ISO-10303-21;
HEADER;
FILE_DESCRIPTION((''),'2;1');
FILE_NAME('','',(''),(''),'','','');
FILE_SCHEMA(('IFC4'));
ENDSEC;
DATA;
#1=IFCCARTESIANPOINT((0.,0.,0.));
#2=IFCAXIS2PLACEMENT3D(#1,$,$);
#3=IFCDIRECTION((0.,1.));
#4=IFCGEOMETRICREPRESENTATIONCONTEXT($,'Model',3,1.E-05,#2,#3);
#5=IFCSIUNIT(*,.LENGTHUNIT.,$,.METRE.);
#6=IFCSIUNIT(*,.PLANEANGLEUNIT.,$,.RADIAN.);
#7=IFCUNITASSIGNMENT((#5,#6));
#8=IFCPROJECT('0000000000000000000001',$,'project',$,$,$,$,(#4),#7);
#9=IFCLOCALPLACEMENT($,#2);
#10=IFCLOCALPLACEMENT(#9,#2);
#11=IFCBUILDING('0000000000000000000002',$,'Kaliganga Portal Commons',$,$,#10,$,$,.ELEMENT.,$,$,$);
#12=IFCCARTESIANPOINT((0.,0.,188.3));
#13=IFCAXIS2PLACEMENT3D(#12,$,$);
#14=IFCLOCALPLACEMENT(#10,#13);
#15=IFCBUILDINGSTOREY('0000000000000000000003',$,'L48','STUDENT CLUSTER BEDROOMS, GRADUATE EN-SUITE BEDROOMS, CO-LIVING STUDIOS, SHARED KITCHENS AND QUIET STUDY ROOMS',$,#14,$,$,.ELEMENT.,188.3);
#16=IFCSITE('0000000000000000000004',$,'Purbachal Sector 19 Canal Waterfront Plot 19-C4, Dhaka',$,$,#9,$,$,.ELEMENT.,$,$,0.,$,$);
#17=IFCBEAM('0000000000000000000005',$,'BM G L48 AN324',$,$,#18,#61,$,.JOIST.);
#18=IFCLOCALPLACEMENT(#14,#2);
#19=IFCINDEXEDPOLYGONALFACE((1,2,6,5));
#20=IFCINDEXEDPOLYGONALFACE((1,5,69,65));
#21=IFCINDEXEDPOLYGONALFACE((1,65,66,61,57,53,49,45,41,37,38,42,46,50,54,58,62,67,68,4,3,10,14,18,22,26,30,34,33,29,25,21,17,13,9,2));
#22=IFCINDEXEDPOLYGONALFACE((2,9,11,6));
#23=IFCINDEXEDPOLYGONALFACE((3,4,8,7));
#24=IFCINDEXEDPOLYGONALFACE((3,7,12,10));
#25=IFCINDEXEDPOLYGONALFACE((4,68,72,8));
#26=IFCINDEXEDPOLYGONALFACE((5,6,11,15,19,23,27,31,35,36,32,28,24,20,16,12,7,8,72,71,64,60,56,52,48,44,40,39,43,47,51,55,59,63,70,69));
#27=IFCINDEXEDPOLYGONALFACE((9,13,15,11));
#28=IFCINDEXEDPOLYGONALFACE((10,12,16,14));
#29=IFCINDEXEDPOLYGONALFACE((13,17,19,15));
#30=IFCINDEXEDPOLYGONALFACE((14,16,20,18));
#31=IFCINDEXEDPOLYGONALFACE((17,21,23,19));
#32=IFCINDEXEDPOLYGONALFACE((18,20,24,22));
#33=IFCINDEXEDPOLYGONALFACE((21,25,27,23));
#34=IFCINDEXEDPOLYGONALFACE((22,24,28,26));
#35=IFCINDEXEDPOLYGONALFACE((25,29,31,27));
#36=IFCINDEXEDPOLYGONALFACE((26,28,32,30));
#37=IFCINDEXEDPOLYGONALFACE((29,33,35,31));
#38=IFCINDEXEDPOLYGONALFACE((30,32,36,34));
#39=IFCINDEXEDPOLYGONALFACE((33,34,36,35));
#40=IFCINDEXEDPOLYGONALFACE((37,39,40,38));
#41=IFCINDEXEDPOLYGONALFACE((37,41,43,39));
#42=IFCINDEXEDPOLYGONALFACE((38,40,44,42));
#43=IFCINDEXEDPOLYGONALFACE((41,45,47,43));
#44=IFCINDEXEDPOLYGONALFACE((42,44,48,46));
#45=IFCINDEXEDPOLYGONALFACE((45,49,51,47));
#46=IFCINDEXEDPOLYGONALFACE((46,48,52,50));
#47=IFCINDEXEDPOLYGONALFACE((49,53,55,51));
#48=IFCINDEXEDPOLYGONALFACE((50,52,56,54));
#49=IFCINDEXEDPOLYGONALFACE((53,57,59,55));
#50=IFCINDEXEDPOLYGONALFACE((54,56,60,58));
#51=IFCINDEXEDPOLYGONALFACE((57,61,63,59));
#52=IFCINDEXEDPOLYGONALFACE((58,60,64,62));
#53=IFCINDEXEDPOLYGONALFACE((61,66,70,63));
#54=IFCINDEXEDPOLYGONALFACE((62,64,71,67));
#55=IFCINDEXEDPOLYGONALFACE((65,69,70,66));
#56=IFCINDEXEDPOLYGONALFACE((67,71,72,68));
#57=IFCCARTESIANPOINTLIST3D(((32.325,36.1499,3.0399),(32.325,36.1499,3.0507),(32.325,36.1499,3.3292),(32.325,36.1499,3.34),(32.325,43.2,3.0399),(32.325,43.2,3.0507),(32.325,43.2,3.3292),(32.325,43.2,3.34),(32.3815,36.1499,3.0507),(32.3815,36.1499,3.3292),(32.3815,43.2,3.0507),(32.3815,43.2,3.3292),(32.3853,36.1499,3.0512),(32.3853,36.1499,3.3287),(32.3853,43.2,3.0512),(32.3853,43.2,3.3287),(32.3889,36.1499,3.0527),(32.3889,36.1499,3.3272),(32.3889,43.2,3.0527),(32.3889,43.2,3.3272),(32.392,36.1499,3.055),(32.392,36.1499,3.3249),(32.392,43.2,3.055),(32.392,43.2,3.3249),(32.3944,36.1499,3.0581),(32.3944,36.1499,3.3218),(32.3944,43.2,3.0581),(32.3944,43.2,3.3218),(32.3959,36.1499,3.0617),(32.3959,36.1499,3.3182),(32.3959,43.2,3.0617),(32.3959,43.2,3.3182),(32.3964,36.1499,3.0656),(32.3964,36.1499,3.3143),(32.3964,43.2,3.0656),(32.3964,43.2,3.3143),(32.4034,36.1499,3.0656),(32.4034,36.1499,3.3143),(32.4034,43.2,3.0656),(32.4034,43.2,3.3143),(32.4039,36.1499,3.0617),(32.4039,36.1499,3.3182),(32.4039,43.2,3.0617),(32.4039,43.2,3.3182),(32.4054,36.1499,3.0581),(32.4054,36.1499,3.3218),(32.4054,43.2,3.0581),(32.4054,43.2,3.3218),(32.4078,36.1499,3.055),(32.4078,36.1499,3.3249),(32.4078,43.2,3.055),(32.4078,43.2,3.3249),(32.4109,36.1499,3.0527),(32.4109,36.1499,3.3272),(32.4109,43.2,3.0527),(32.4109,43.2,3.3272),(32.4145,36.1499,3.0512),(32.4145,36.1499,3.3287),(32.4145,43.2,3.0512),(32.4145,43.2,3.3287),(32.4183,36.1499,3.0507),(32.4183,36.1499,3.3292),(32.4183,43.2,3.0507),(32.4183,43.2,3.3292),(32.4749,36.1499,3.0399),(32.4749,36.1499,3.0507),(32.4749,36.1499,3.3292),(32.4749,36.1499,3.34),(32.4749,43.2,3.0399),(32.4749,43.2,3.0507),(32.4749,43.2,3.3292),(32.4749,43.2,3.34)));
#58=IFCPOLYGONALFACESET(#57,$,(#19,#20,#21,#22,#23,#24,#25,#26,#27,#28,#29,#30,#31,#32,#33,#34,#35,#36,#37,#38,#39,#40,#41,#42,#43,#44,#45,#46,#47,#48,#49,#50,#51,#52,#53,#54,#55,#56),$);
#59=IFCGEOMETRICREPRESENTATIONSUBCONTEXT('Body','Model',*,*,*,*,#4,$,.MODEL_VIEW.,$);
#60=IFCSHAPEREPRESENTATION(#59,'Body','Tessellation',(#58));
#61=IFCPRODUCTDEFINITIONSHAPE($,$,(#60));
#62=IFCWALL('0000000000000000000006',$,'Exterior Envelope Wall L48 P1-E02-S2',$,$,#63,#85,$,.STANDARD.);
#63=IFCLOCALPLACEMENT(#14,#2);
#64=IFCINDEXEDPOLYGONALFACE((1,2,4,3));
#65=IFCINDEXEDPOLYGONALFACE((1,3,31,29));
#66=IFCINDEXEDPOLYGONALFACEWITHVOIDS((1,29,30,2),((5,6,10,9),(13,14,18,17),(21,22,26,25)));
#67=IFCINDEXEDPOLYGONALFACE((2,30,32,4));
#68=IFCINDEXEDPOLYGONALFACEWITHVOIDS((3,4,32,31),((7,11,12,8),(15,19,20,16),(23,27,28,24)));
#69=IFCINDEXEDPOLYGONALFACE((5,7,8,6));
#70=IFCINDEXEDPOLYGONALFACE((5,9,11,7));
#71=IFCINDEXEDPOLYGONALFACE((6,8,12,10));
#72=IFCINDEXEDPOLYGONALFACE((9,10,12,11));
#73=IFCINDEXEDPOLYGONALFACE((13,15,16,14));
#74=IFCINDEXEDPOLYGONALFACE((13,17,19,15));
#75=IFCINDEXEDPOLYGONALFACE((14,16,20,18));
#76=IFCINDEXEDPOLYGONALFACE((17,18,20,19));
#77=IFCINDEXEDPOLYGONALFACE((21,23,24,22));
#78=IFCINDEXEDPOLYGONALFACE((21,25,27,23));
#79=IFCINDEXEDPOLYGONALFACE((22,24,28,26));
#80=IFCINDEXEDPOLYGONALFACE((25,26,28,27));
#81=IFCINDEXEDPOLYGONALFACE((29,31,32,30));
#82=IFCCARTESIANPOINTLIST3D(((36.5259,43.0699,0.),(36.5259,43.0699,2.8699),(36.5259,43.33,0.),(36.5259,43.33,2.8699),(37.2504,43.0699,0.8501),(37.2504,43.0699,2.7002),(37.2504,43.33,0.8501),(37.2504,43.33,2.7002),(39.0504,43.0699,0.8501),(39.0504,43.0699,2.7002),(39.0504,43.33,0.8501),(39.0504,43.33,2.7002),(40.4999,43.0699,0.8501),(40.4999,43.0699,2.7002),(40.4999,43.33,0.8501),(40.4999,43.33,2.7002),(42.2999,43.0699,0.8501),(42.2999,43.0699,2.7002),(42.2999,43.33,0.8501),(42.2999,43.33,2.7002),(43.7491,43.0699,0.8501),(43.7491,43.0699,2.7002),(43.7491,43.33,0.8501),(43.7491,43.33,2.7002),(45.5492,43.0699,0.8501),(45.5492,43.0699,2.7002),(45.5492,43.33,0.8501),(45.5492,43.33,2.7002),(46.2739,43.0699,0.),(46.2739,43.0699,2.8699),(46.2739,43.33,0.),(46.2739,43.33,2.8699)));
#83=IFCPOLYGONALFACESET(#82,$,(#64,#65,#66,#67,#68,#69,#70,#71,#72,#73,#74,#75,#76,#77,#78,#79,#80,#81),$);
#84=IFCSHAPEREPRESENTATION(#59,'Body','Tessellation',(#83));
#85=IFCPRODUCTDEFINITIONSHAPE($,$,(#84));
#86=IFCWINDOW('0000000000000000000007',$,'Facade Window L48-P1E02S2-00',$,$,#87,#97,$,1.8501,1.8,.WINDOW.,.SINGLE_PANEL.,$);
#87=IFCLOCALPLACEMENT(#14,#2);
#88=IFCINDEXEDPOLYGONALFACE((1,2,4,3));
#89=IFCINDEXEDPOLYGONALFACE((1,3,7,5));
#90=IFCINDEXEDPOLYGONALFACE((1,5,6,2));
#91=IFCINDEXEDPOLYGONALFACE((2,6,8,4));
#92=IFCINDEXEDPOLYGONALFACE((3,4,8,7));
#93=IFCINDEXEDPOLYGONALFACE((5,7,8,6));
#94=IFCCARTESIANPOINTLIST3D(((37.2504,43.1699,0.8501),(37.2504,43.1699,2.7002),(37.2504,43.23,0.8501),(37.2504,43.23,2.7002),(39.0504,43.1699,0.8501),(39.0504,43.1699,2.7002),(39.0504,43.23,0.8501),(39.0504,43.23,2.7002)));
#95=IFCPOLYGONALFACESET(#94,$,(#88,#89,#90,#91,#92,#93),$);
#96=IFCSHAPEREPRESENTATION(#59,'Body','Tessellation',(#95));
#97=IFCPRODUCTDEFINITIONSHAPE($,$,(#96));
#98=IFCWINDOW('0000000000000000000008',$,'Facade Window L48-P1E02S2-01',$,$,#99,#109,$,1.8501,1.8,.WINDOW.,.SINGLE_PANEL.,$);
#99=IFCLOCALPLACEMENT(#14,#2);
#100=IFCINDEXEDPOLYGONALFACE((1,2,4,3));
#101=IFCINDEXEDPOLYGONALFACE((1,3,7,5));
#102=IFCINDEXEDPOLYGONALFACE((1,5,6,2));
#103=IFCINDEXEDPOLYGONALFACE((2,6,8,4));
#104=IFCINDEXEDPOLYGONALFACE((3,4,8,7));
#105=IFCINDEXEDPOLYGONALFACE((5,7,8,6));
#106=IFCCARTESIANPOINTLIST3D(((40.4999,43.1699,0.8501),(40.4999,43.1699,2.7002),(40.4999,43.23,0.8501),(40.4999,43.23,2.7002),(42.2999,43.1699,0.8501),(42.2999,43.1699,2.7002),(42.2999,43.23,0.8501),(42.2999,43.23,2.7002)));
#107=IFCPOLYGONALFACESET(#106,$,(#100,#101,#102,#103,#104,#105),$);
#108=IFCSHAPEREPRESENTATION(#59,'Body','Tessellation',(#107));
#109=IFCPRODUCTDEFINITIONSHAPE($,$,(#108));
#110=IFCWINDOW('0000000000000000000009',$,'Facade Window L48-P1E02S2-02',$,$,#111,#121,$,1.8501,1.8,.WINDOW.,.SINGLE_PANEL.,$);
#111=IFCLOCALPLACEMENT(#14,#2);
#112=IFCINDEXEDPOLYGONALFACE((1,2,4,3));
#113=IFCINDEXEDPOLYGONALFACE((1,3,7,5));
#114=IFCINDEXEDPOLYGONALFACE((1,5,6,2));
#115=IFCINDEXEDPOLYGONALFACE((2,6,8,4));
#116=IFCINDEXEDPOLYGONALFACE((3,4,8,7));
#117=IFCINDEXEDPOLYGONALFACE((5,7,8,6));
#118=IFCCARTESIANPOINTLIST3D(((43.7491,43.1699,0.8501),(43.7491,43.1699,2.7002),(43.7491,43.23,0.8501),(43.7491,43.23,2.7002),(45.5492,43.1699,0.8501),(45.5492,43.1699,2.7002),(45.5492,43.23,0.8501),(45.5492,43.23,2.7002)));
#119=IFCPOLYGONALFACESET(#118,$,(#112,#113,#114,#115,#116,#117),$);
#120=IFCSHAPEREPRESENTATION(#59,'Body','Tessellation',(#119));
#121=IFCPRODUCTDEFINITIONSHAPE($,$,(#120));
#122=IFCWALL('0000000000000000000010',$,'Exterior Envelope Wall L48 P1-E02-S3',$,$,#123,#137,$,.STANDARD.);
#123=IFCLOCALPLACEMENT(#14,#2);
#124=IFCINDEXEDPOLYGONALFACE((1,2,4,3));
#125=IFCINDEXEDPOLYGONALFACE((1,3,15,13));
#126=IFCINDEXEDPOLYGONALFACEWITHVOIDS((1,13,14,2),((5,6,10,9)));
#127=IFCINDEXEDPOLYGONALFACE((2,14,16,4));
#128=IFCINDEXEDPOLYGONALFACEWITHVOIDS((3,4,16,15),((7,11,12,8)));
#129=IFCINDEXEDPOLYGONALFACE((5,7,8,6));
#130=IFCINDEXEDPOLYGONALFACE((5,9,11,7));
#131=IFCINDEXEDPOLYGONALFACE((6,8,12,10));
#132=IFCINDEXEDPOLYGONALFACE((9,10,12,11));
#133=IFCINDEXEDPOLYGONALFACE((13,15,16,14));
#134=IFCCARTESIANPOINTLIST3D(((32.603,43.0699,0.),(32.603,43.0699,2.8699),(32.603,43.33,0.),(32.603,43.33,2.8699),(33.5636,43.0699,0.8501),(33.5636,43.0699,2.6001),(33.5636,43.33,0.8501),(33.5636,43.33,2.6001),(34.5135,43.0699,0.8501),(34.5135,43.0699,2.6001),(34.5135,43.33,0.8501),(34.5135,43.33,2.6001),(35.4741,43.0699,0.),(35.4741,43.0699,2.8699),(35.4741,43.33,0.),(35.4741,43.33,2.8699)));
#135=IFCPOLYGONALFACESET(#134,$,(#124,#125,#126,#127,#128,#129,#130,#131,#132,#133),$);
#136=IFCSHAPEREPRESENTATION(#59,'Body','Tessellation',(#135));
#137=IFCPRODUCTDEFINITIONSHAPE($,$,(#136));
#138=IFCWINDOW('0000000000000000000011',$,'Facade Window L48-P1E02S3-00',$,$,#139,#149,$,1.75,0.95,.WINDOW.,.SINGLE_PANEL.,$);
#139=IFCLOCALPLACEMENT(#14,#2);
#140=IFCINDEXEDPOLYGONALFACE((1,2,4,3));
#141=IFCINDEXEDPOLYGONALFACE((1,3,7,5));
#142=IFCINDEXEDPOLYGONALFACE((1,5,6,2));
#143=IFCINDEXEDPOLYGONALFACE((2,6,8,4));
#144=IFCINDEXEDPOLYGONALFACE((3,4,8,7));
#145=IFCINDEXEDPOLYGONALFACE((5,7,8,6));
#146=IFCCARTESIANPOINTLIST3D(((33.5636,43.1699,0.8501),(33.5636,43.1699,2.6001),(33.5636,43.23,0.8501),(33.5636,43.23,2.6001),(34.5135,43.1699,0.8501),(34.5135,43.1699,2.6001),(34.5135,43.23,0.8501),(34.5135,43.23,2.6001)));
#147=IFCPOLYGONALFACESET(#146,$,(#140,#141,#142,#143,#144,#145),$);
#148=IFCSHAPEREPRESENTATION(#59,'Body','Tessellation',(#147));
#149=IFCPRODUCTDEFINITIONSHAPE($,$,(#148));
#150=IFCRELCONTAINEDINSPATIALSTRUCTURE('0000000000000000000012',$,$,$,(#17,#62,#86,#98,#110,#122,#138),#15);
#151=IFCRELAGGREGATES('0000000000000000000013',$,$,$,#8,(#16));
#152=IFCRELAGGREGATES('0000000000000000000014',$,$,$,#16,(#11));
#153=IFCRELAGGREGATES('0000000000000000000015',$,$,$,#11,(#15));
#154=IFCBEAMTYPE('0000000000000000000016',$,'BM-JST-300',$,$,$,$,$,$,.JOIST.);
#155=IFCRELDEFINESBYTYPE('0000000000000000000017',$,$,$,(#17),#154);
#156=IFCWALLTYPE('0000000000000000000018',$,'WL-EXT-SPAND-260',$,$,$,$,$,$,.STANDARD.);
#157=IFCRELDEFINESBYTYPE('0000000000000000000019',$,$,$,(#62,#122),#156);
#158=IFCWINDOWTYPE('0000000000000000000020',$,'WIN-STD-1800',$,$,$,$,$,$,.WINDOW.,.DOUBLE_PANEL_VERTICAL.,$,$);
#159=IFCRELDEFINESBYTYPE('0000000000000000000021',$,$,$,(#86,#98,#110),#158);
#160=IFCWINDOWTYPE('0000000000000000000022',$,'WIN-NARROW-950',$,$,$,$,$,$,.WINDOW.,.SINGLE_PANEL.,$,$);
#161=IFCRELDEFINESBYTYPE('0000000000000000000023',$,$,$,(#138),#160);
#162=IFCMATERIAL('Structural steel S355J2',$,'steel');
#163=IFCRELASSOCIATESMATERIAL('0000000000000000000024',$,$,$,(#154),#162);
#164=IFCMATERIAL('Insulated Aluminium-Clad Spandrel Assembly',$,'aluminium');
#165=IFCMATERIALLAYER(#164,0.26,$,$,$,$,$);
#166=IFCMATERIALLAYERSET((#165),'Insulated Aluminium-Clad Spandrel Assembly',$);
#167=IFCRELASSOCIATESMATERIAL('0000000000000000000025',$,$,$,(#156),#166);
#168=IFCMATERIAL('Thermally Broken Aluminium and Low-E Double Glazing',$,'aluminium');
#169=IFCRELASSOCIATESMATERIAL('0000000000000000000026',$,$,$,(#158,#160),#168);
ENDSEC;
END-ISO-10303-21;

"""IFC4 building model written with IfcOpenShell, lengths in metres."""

from ifc_helpers import new_model, si_unit, direction, frame, frame_2d, origin, origin_2d, place, context, subcontext, project, spatial, rectangle, i_section, extrude, source, transform, mapped, material, layer, layer_set, material_profile, profile_set, type_object, element, fill, save


model = new_model("IFC4")

# Units and contexts
model_context = context("Model", 3, precision=1e-05, world=origin(), true_north=direction((0.0, 1.0)))
body_context = subcontext(model_context, "Body", "Model", "MODEL_VIEW")
ifc_project = project(units=[si_unit("LENGTHUNIT", "METRE"), si_unit("PLANEANGLEUNIT", "RADIAN")], contexts=[model_context])

# Site, building, storey
site_placement = place(None, origin())
site = spatial("IfcSite", under=ifc_project, at=site_placement, Name="Purbachal Sector 19 Canal Waterfront Plot 19-C4, Dhaka", CompositionType="ELEMENT", RefElevation=0.0)
building_placement = place(site_placement, origin())
building = spatial("IfcBuilding", under=site, at=building_placement, Name="Kaliganga Portal Commons", CompositionType="ELEMENT")
storey_placement = place(building_placement, frame((0.0, 0.0, 188.3)))
storey = spatial("IfcBuildingStorey", under=building, at=storey_placement, Name="L48", Description="STUDENT CLUSTER BEDROOMS, GRADUATE EN-SUITE BEDROOMS, CO-LIVING STUDIOS, SHARED KITCHENS AND QUIET STUDY ROOMS", CompositionType="ELEMENT", Elevation=188.3)

# Beam
ifc_material_1 = material(Name="Structural steel S355J2", Category="steel")
ifc_material_profile_1 = material_profile(ifc_material_1, i_section(OverallWidth=0.1499, OverallDepth=0.3, WebThickness=0.0071, FlangeThickness=0.0107, FilletRadius=0.0149, at=origin_2d()), Name="IPE 300")
ifc_profile_set_1 = profile_set([ifc_material_profile_1], Name="Structural steel S355J2 wide-flange")
beam_type_1 = type_object("IfcBeamType", Name="BM-JST-300", PredefinedType="JOIST", material=ifc_profile_set_1)
shared_shape_1 = source(origin(), body_context, "Body", "SweptSolid", [
    extrude(i_section(OverallWidth=0.1499, OverallDepth=0.3, WebThickness=0.0071, FlangeThickness=0.0107, FilletRadius=0.0149, at=origin_2d()), origin(), (0.0, 0.0, 1.0), 7.05),
])
beam_1_placement = place(storey_placement, frame((32.3999, 36.1499, 3.1899), z_axis=(0.0, 1.0, 0.0), x_axis=(-1.0, 0.0, 0.0)))
element("IfcBeam", 1, at=beam_1_placement, inside=storey, type_object=beam_type_1, Name="BM G L48 AN324", PredefinedType="JOIST", context=body_context, shape_type="MappedRepresentation", body=[
    mapped(shared_shape_1, transform((0.0, 0.0, 0.0), x_axis=(1.0, 0.0, 0.0), y_axis=(0.0, 1.0, 0.0), z_axis=(0.0, 0.0, 1.0), scale=1.0)),
])

# Wall, openings, windows
ifc_material_2 = material(Name="Insulated Aluminium-Clad Spandrel Assembly", Category="aluminium")
ifc_layer_1 = layer(ifc_material_2, 0.26)
ifc_layer_set_1 = layer_set([ifc_layer_1], Name="Insulated Aluminium-Clad Spandrel Assembly")
wall_type_1 = type_object("IfcWallType", Name="WL-EXT-SPAND-260", PredefinedType="STANDARD", material=ifc_layer_set_1)
wall_1_placement = place(storey_placement, frame((36.5259, 43.2, 0.0), z_axis=(0.0, 0.0, 1.0), x_axis=(1.0, 0.0, 0.0)))
wall_1 = element("IfcWall", 2, at=wall_1_placement, inside=storey, type_object=wall_type_1, Name="Exterior Envelope Wall L48 P1-E02-S2", PredefinedType="STANDARD", context=body_context, shape_type="SweptSolid", body=[
    extrude(rectangle(XDim=9.748, YDim=0.26, at=frame_2d((4.874, 0.0))), origin(), (0.0, 0.0, 1.0), 2.8699),
])
opening_1_placement = place(wall_1_placement, frame((0.7246, 0.0, 0.8501)))
opening_1 = element("IfcOpeningElement", 3, at=opening_1_placement, cuts=wall_1, PredefinedType="OPENING", context=body_context, shape_type="SweptSolid", body=[
    extrude(rectangle(XDim=1.8, YDim=1.8501, at=frame_2d((0.8999, 0.925))), frame((0.0, 0.1401, 0.0), z_axis=(0.0, -1.0, 0.0), x_axis=(1.0, 0.0, 0.0)), (0.0, 0.0, 1.0), 0.28),
])
opening_2_placement = place(wall_1_placement, frame((3.9741, 0.0, 0.8501)))
opening_2 = element("IfcOpeningElement", 4, at=opening_2_placement, cuts=wall_1, PredefinedType="OPENING", context=body_context, shape_type="SweptSolid", body=[
    extrude(rectangle(XDim=1.8, YDim=1.8501, at=frame_2d((0.8999, 0.925))), frame((0.0, 0.1401, 0.0), z_axis=(0.0, -1.0, 0.0), x_axis=(1.0, 0.0, 0.0)), (0.0, 0.0, 1.0), 0.28),
])
opening_3_placement = place(wall_1_placement, frame((7.2234, 0.0, 0.8501)))
opening_3 = element("IfcOpeningElement", 5, at=opening_3_placement, cuts=wall_1, PredefinedType="OPENING", context=body_context, shape_type="SweptSolid", body=[
    extrude(rectangle(XDim=1.8, YDim=1.8501, at=frame_2d((0.8999, 0.925))), frame((0.0, 0.1401, 0.0), z_axis=(0.0, -1.0, 0.0), x_axis=(1.0, 0.0, 0.0)), (0.0, 0.0, 1.0), 0.28),
])
ifc_material_3 = material(Name="Thermally Broken Aluminium and Low-E Double Glazing", Category="aluminium")
window_type_1 = type_object("IfcWindowType", Name="WIN-STD-1800", PartitioningType="DOUBLE_PANEL_VERTICAL", PredefinedType="WINDOW", material=ifc_material_3)
window_1_placement = place(opening_1_placement, origin())
window_1 = element("IfcWindow", 6, at=window_1_placement, inside=storey, type_object=window_type_1, Name="Facade Window L48-P1E02S2-00", OverallHeight=1.8501, OverallWidth=1.8, PartitioningType="SINGLE_PANEL", PredefinedType="WINDOW", context=body_context, shape_type="SweptSolid", body=[
    extrude(rectangle(XDim=1.8, YDim=1.8501, at=frame_2d((0.8999, 0.925))), frame((0.0, 0.03, 0.0), z_axis=(0.0, -1.0, 0.0), x_axis=(1.0, 0.0, 0.0)), (0.0, 0.0, 1.0), 0.0601),
])
fill(opening_1, window_1)
window_2_placement = place(opening_2_placement, origin())
window_2 = element("IfcWindow", 7, at=window_2_placement, inside=storey, type_object=window_type_1, Name="Facade Window L48-P1E02S2-01", OverallHeight=1.8501, OverallWidth=1.8, PartitioningType="SINGLE_PANEL", PredefinedType="WINDOW", context=body_context, shape_type="SweptSolid", body=[
    extrude(rectangle(XDim=1.8, YDim=1.8501, at=frame_2d((0.8999, 0.925))), frame((0.0, 0.03, 0.0), z_axis=(0.0, -1.0, 0.0), x_axis=(1.0, 0.0, 0.0)), (0.0, 0.0, 1.0), 0.0601),
])
fill(opening_2, window_2)
window_3_placement = place(opening_3_placement, origin())
window_3 = element("IfcWindow", 8, at=window_3_placement, inside=storey, type_object=window_type_1, Name="Facade Window L48-P1E02S2-02", OverallHeight=1.8501, OverallWidth=1.8, PartitioningType="SINGLE_PANEL", PredefinedType="WINDOW", context=body_context, shape_type="SweptSolid", body=[
    extrude(rectangle(XDim=1.8, YDim=1.8501, at=frame_2d((0.8999, 0.925))), frame((0.0, 0.03, 0.0), z_axis=(0.0, -1.0, 0.0), x_axis=(1.0, 0.0, 0.0)), (0.0, 0.0, 1.0), 0.0601),
])
fill(opening_3, window_3)

# Wall, opening, window
wall_2_placement = place(storey_placement, frame((32.603, 43.2, 0.0), z_axis=(0.0, 0.0, 1.0), x_axis=(1.0, 0.0, 0.0)))
wall_2 = element("IfcWall", 9, at=wall_2_placement, inside=storey, type_object=wall_type_1, Name="Exterior Envelope Wall L48 P1-E02-S3", PredefinedType="STANDARD", context=body_context, shape_type="SweptSolid", body=[
    extrude(rectangle(XDim=2.8711, YDim=0.26, at=frame_2d((1.4355, 0.0))), origin(), (0.0, 0.0, 1.0), 2.8699),
])
opening_4_placement = place(wall_2_placement, frame((0.9604, 0.0, 0.8501)))
opening_4 = element("IfcOpeningElement", 10, at=opening_4_placement, cuts=wall_2, PredefinedType="OPENING", context=body_context, shape_type="SweptSolid", body=[
    extrude(rectangle(XDim=0.95, YDim=1.75, at=frame_2d((0.4751, 0.875))), frame((0.0, 0.1401, 0.0), z_axis=(0.0, -1.0, 0.0), x_axis=(1.0, 0.0, 0.0)), (0.0, 0.0, 1.0), 0.28),
])
window_type_2 = type_object("IfcWindowType", Name="WIN-NARROW-950", PartitioningType="SINGLE_PANEL", PredefinedType="WINDOW", material=ifc_material_3)
window_4_placement = place(opening_4_placement, origin())
window_4 = element("IfcWindow", 11, at=window_4_placement, inside=storey, type_object=window_type_2, Name="Facade Window L48-P1E02S3-00", OverallHeight=1.75, OverallWidth=0.95, PartitioningType="SINGLE_PANEL", PredefinedType="WINDOW", context=body_context, shape_type="SweptSolid", body=[
    extrude(rectangle(XDim=0.95, YDim=1.75, at=frame_2d((0.4751, 0.875))), frame((0.0, 0.03, 0.0), z_axis=(0.0, -1.0, 0.0), x_axis=(1.0, 0.0, 0.0)), (0.0, 0.0, 1.0), 0.0601),
])
fill(opening_4, window_4)

save(model, "model.ifc")
